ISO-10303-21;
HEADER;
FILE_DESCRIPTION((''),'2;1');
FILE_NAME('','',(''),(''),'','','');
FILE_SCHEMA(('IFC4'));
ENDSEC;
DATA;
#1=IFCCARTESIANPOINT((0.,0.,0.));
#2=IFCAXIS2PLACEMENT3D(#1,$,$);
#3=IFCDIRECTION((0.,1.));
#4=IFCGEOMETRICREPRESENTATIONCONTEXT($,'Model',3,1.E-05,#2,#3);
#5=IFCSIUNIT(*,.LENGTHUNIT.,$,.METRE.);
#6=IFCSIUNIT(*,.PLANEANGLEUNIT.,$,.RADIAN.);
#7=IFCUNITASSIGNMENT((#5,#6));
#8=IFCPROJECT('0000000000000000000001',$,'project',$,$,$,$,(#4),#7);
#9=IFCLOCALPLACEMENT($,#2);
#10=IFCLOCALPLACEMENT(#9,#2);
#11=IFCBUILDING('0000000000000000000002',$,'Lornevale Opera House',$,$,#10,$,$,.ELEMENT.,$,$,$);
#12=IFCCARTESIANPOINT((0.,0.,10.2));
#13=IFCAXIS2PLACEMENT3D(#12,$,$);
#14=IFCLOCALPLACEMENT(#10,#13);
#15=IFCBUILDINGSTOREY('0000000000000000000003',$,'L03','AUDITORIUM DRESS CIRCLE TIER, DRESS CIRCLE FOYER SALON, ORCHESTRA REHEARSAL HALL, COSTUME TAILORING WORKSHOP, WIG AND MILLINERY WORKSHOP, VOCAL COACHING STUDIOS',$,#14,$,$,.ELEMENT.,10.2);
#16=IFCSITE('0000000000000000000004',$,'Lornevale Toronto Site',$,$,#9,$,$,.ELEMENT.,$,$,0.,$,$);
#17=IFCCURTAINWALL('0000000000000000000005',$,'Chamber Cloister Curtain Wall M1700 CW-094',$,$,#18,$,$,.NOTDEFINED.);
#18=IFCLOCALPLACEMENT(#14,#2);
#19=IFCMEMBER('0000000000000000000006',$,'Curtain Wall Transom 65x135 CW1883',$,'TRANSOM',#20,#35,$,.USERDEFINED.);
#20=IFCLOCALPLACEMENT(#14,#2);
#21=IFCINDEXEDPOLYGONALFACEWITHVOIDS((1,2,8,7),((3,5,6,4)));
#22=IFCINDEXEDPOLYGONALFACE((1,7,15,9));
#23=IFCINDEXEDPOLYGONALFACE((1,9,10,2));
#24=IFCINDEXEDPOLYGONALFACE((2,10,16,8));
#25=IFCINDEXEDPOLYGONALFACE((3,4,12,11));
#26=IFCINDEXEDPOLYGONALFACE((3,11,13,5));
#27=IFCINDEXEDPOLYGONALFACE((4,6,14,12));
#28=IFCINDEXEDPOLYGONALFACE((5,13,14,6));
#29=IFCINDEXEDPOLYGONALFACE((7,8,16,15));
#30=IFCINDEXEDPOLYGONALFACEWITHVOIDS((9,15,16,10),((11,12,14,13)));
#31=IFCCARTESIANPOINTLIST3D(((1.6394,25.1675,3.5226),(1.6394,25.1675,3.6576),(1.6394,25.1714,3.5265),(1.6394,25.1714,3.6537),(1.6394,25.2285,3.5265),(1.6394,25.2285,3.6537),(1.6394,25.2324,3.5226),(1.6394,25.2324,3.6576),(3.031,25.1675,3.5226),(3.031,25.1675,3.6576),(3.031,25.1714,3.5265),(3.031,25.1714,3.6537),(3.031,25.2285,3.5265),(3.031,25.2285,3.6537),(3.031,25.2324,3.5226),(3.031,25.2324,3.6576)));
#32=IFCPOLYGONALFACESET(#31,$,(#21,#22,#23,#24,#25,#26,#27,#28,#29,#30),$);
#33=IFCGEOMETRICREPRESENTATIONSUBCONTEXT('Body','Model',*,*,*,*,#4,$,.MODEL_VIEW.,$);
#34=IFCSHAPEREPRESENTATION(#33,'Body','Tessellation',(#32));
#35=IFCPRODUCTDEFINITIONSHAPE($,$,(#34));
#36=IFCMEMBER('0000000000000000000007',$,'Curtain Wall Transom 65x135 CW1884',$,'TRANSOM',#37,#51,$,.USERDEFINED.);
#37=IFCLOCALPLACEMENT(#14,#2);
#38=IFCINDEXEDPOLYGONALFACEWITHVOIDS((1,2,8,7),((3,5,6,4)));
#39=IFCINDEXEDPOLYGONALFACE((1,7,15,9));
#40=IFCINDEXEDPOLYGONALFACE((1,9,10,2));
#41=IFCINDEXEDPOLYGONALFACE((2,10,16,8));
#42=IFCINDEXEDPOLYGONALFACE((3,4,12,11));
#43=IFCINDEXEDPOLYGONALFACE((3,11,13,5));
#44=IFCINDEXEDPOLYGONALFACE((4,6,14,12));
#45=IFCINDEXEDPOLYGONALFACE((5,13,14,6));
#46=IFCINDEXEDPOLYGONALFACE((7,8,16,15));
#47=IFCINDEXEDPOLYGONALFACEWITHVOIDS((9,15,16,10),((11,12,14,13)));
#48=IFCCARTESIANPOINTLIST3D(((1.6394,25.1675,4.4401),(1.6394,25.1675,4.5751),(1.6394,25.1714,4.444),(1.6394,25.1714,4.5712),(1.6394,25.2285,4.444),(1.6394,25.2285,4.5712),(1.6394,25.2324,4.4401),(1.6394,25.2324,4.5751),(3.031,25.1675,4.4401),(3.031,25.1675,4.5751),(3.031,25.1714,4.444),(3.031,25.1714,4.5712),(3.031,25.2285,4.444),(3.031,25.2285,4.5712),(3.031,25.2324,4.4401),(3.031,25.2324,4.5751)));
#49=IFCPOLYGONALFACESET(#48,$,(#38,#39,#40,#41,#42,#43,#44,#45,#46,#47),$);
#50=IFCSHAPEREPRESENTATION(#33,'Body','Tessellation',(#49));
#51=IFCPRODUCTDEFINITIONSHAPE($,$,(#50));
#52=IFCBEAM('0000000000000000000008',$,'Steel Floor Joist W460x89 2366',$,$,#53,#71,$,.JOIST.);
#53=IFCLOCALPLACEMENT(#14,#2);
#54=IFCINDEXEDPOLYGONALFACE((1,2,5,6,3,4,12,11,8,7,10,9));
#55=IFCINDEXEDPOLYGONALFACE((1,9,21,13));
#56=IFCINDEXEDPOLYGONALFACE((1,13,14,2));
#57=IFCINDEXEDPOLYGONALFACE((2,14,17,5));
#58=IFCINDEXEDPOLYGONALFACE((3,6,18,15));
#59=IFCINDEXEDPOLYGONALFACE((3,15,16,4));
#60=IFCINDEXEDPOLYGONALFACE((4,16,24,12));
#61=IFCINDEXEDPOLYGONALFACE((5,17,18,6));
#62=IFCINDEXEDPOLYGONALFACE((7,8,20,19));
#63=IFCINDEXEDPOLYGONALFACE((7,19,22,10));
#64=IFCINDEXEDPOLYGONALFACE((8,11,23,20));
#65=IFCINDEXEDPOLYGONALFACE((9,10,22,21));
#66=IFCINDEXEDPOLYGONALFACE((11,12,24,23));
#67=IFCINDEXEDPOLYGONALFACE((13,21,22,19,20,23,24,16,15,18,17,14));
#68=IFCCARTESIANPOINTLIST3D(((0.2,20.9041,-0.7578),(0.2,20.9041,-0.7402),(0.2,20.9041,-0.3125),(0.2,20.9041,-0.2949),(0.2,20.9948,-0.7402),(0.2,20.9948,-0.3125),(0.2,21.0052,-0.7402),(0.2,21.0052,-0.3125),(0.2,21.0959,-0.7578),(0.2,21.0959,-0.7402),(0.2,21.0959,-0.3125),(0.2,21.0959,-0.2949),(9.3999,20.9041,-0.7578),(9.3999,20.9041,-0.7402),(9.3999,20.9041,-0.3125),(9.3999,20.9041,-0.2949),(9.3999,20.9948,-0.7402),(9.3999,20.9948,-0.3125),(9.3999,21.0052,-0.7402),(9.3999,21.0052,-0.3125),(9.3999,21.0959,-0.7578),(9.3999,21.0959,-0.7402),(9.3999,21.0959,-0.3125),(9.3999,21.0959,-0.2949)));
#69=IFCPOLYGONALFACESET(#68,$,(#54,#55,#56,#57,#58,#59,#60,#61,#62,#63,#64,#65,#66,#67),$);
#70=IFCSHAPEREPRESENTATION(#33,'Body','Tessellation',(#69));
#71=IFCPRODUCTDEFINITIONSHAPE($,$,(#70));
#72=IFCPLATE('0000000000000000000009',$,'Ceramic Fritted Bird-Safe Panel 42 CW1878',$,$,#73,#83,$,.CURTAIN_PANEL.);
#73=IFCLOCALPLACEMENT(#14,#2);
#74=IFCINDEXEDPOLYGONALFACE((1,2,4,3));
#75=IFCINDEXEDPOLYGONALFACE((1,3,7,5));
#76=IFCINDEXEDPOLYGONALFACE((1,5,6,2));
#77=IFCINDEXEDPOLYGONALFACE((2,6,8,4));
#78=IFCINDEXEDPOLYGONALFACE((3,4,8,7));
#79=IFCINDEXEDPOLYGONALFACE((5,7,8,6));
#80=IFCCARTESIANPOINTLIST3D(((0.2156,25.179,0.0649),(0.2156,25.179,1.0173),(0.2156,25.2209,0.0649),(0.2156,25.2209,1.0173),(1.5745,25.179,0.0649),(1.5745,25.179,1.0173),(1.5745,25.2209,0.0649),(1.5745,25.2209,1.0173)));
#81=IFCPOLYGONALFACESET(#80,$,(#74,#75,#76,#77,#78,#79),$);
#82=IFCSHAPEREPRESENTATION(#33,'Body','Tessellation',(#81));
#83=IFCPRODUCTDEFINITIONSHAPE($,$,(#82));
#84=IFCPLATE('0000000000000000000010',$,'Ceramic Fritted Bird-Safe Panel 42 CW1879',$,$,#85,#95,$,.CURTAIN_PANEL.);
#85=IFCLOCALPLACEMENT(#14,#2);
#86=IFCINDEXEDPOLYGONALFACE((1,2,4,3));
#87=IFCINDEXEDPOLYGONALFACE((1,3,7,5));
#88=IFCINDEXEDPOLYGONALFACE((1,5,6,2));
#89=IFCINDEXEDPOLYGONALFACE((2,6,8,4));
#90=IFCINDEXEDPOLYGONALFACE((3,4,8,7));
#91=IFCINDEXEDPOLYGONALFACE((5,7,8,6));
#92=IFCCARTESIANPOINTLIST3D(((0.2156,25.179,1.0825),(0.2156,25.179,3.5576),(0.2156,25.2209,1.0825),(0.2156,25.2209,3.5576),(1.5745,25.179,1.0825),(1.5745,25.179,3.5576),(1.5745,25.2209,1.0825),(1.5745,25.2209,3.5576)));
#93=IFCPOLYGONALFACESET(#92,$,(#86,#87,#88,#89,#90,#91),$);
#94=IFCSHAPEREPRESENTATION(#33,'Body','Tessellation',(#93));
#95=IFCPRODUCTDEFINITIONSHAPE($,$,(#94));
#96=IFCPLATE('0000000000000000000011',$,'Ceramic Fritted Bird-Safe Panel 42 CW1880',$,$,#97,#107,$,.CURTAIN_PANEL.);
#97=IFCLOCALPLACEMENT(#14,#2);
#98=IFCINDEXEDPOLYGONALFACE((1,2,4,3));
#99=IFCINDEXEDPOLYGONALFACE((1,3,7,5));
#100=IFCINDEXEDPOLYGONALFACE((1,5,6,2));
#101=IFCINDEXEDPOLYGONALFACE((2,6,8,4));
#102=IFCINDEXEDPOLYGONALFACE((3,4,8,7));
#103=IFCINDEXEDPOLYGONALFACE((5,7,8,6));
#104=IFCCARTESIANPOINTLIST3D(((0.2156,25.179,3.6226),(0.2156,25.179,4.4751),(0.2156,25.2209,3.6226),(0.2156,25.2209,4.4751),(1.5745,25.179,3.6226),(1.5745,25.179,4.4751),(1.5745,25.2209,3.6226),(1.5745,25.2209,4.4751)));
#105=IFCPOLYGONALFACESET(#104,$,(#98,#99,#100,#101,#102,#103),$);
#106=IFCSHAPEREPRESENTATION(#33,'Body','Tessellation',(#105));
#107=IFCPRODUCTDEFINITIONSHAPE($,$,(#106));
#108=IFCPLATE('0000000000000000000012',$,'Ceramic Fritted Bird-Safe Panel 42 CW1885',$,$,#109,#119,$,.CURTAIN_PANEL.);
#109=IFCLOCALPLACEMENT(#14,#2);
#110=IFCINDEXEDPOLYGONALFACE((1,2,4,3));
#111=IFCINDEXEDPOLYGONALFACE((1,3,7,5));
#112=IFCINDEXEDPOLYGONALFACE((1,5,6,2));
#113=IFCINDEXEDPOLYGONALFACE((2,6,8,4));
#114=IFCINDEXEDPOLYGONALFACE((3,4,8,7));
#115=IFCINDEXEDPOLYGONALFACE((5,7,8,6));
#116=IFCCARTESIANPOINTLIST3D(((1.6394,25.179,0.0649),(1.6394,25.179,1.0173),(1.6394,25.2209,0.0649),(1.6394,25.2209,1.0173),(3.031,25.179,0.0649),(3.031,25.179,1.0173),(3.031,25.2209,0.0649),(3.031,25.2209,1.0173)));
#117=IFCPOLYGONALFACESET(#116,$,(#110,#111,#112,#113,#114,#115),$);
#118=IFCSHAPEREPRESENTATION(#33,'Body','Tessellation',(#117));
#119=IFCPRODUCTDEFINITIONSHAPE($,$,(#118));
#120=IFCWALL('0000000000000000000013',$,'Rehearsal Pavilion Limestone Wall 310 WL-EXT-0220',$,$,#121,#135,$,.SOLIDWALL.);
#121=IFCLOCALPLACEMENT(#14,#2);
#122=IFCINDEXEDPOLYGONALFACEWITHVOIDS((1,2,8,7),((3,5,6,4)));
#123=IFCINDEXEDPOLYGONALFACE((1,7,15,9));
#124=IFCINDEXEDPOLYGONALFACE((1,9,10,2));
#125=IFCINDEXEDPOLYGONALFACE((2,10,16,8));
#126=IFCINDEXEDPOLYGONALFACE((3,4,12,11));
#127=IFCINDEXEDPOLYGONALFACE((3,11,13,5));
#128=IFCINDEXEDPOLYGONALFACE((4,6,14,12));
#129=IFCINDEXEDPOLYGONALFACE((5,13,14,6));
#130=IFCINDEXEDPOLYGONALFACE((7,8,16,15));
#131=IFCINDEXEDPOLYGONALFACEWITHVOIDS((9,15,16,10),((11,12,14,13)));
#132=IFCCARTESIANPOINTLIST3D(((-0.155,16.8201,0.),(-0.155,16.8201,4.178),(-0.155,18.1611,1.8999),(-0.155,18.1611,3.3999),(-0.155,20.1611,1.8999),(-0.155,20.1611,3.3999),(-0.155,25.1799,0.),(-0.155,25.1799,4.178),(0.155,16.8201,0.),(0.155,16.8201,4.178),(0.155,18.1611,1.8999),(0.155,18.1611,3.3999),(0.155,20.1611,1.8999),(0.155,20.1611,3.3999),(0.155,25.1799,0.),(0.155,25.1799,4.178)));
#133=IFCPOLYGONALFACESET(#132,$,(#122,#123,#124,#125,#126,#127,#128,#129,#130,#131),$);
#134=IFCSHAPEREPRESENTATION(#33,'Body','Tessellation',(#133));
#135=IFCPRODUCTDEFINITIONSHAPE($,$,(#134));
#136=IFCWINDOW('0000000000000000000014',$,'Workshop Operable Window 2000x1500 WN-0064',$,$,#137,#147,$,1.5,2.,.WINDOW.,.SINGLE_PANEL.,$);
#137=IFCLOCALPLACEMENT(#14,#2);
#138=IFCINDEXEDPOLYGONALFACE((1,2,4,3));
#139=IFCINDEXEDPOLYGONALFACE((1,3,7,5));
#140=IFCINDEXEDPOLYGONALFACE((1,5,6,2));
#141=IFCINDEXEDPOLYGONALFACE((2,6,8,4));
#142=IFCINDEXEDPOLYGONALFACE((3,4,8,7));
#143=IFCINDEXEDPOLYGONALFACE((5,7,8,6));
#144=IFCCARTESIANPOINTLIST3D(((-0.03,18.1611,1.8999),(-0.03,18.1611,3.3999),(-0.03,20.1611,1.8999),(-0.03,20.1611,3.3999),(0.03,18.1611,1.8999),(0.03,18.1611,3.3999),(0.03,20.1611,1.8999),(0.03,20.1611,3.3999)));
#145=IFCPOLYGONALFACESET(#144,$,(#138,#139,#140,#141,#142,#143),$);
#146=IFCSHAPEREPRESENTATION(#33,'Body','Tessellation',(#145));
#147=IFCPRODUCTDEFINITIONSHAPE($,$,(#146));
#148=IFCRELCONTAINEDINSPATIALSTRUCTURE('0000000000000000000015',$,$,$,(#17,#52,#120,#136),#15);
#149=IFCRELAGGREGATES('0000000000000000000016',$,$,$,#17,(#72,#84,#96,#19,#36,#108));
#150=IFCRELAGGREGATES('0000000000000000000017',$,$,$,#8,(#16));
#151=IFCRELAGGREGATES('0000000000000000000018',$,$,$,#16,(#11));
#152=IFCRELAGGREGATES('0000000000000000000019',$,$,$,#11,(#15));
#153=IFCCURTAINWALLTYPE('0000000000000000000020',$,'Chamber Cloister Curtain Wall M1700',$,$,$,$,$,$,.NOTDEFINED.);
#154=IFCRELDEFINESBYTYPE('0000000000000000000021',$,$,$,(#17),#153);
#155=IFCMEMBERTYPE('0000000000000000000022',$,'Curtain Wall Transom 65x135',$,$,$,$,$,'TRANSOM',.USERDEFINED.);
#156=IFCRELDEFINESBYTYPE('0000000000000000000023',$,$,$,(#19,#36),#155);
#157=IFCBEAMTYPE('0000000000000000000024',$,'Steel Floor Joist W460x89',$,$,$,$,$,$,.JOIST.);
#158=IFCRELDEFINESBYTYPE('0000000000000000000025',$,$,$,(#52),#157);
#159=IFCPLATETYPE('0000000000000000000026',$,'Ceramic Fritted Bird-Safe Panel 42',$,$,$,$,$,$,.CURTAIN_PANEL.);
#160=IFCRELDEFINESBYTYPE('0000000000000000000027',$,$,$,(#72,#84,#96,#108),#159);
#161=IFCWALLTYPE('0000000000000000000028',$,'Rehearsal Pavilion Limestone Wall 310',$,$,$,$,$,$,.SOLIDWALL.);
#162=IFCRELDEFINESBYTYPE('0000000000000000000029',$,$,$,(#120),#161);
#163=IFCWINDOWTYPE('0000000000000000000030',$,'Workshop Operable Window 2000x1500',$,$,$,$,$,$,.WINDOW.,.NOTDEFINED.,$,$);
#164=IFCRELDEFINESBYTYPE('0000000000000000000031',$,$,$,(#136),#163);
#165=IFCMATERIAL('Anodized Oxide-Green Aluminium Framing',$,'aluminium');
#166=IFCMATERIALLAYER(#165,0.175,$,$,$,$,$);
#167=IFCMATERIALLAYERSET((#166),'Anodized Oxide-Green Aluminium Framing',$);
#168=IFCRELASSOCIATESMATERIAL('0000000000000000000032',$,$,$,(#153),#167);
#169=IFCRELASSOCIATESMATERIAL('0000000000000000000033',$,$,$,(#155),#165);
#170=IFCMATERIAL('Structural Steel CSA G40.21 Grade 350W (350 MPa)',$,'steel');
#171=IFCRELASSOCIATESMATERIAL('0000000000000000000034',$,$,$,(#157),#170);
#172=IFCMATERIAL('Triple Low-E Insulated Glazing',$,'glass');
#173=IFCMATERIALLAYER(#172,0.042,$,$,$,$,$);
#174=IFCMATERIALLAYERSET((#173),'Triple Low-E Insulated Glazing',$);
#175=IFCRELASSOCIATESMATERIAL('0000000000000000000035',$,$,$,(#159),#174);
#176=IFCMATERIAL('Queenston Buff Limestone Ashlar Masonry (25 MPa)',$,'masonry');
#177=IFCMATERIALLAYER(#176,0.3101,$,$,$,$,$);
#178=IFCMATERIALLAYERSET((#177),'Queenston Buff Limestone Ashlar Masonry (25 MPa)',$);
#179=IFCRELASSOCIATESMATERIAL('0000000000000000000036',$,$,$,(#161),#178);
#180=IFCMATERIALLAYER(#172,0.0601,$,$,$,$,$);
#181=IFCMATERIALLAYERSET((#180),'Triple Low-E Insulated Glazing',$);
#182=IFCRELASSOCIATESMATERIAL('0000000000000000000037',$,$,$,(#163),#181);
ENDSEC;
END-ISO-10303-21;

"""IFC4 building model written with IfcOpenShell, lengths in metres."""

from ifc_helpers import new_model, si_unit, direction, frame, frame_2d, origin, origin_2d, place, context, subcontext, project, spatial, rectangle, hollow_rectangle, i_section, extrude, material, layer, layer_set, material_profile, profile_set, type_object, element, fill, aggregate, save


model = new_model("IFC4")

# Units and contexts
model_context = context("Model", 3, precision=1e-05, world=origin(), true_north=direction((0.0, 1.0)))
body_context = subcontext(model_context, "Body", "Model", "MODEL_VIEW")
ifc_project = project(units=[si_unit("LENGTHUNIT", "METRE"), si_unit("PLANEANGLEUNIT", "RADIAN")], contexts=[model_context])

# Site, building, storey
site_placement = place(None, origin())
site = spatial("IfcSite", under=ifc_project, at=site_placement, Name="Lornevale Toronto Site", CompositionType="ELEMENT", RefElevation=0.0)
building_placement = place(site_placement, origin())
building = spatial("IfcBuilding", under=site, at=building_placement, Name="Lornevale Opera House", CompositionType="ELEMENT")
storey_placement = place(building_placement, frame((0.0, 0.0, 10.2)))
storey = spatial("IfcBuildingStorey", under=building, at=storey_placement, Name="L03", Description="AUDITORIUM DRESS CIRCLE TIER, DRESS CIRCLE FOYER SALON, ORCHESTRA REHEARSAL HALL, COSTUME TAILORING WORKSHOP, WIG AND MILLINERY WORKSHOP, VOCAL COACHING STUDIOS", CompositionType="ELEMENT", Elevation=10.2)

# Shared definitions
ifc_material_1 = material(Name="Structural Steel CSA G40.21 Grade 350W (350 MPa)", Category="steel")

# Curtain wall, members
ifc_material_2 = material(Name="Anodized Oxide-Green Aluminium Framing", Category="aluminium")
ifc_layer_1 = layer(ifc_material_2, 0.175)
ifc_layer_set_1 = layer_set([ifc_layer_1], Name="Anodized Oxide-Green Aluminium Framing")
curtain_wall_type = type_object("IfcCurtainWallType", Name="Chamber Cloister Curtain Wall M1700", PredefinedType="NOTDEFINED", material=ifc_layer_set_1)
curtain_wall_placement = place(storey_placement, origin())
curtain_wall = element("IfcCurtainWall", 1, at=curtain_wall_placement, inside=storey, type_object=curtain_wall_type, Name="Chamber Cloister Curtain Wall M1700 CW-094", PredefinedType="NOTDEFINED")
ifc_material_profile_1 = material_profile(ifc_material_2, hollow_rectangle(XDim=0.0649, YDim=0.135, WallThickness=0.0039, at=origin_2d()), Name="ALU65x135x4")
ifc_profile_set_1 = profile_set([ifc_material_profile_1], Name="Anodized Oxide-Green Aluminium Framing")
member_type_1 = type_object("IfcMemberType", Name="Curtain Wall Transom 65x135", ElementType="TRANSOM", PredefinedType="USERDEFINED", material=ifc_profile_set_1)
member_1_placement = place(storey_placement, frame((1.6394, 25.2, 3.5901), z_axis=(1.0, 0.0, 0.0), x_axis=(0.0, 1.0, 0.0)))
member_1 = element("IfcMember", 2, at=member_1_placement, type_object=member_type_1, Name="Curtain Wall Transom 65x135 CW1883", ObjectType="TRANSOM", PredefinedType="USERDEFINED", context=body_context, shape_type="SweptSolid", body=[
    extrude(hollow_rectangle(XDim=0.0649, YDim=0.135, WallThickness=0.0039, at=origin_2d()), origin(), (0.0, 0.0, 1.0), 1.3916),
])
member_2_placement = place(storey_placement, frame((1.6394, 25.2, 4.5076), z_axis=(1.0, 0.0, 0.0), x_axis=(0.0, 1.0, 0.0)))
member_2 = element("IfcMember", 3, at=member_2_placement, type_object=member_type_1, Name="Curtain Wall Transom 65x135 CW1884", ObjectType="TRANSOM", PredefinedType="USERDEFINED", context=body_context, shape_type="SweptSolid", body=[
    extrude(hollow_rectangle(XDim=0.0649, YDim=0.135, WallThickness=0.0039, at=origin_2d()), origin(), (0.0, 0.0, 1.0), 1.3916),
])

# Beam
ifc_material_profile_2 = material_profile(ifc_material_1, i_section(OverallWidth=0.1919, OverallDepth=0.4629, WebThickness=0.0105, FlangeThickness=0.0176, at=origin_2d()), Name="W460x89")
ifc_profile_set_2 = profile_set([ifc_material_profile_2], Name="Structural Steel CSA G40.21 Grade 350W (350 MPa)")
beam_type_1 = type_object("IfcBeamType", Name="Steel Floor Joist W460x89", PredefinedType="JOIST", material=ifc_profile_set_2)
beam_1_placement = place(storey_placement, frame((0.2, 21.0, -0.5264), z_axis=(1.0, 0.0, 0.0), x_axis=(0.0, 1.0, 0.0)))
element("IfcBeam", 4, at=beam_1_placement, inside=storey, type_object=beam_type_1, Name="Steel Floor Joist W460x89 2366", PredefinedType="JOIST", context=body_context, shape_type="SweptSolid", body=[
    extrude(i_section(OverallWidth=0.1919, OverallDepth=0.4629, WebThickness=0.0105, FlangeThickness=0.0176, at=origin_2d()), origin(), (0.0, 0.0, 1.0), 9.2),
])

# Plates
ifc_material_3 = material(Name="Triple Low-E Insulated Glazing", Category="glass")
ifc_layer_2 = layer(ifc_material_3, 0.042)
ifc_layer_set_2 = layer_set([ifc_layer_2], Name="Triple Low-E Insulated Glazing")
plate_type = type_object("IfcPlateType", Name="Ceramic Fritted Bird-Safe Panel 42", PredefinedType="CURTAIN_PANEL", material=ifc_layer_set_2)
plate_1_placement = place(storey_placement, frame((0.895, 25.2, 0.0649), z_axis=(0.0, 0.0, 1.0), x_axis=(1.0, 0.0, 0.0)))
plate_1 = element("IfcPlate", 5, at=plate_1_placement, type_object=plate_type, Name="Ceramic Fritted Bird-Safe Panel 42 CW1878", PredefinedType="CURTAIN_PANEL", context=body_context, shape_type="SweptSolid", body=[
    extrude(rectangle(XDim=1.3589, YDim=0.042, at=origin_2d()), origin(), (0.0, 0.0, 1.0), 0.9524),
])
plate_2_placement = place(storey_placement, frame((0.895, 25.2, 1.0825), z_axis=(0.0, 0.0, 1.0), x_axis=(1.0, 0.0, 0.0)))
plate_2 = element("IfcPlate", 6, at=plate_2_placement, type_object=plate_type, Name="Ceramic Fritted Bird-Safe Panel 42 CW1879", PredefinedType="CURTAIN_PANEL", context=body_context, shape_type="SweptSolid", body=[
    extrude(rectangle(XDim=1.3589, YDim=0.042, at=origin_2d()), origin(), (0.0, 0.0, 1.0), 2.4751),
])
plate_3_placement = place(storey_placement, frame((0.895, 25.2, 3.6226), z_axis=(0.0, 0.0, 1.0), x_axis=(1.0, 0.0, 0.0)))
plate_3 = element("IfcPlate", 7, at=plate_3_placement, type_object=plate_type, Name="Ceramic Fritted Bird-Safe Panel 42 CW1880", PredefinedType="CURTAIN_PANEL", context=body_context, shape_type="SweptSolid", body=[
    extrude(rectangle(XDim=1.3589, YDim=0.042, at=origin_2d()), origin(), (0.0, 0.0, 1.0), 0.8525),
])
plate_4_placement = place(storey_placement, frame((2.3352, 25.2, 0.0649), z_axis=(0.0, 0.0, 1.0), x_axis=(1.0, 0.0, 0.0)))
plate_4 = element("IfcPlate", 8, at=plate_4_placement, type_object=plate_type, Name="Ceramic Fritted Bird-Safe Panel 42 CW1885", PredefinedType="CURTAIN_PANEL", context=body_context, shape_type="SweptSolid", body=[
    extrude(rectangle(XDim=1.3916, YDim=0.042, at=origin_2d()), origin(), (0.0, 0.0, 1.0), 0.9524),
])
aggregate(curtain_wall, [plate_1, plate_2, plate_3, member_1, member_2, plate_4])

# Wall, opening, window
ifc_material_4 = material(Name="Queenston Buff Limestone Ashlar Masonry (25 MPa)", Category="masonry")
ifc_layer_3 = layer(ifc_material_4, 0.3101)
ifc_layer_set_3 = layer_set([ifc_layer_3], Name="Queenston Buff Limestone Ashlar Masonry (25 MPa)")
wall_type = type_object("IfcWallType", Name="Rehearsal Pavilion Limestone Wall 310", PredefinedType="SOLIDWALL", material=ifc_layer_set_3)
wall_placement = place(storey_placement, frame((0.0, 16.8201, 0.0), z_axis=(0.0, 0.0, 1.0), x_axis=(0.0, 1.0, 0.0)))
wall = element("IfcWall", 9, at=wall_placement, inside=storey, type_object=wall_type, Name="Rehearsal Pavilion Limestone Wall 310 WL-EXT-0220", PredefinedType="SOLIDWALL", context=body_context, shape_type="SweptSolid", body=[
    extrude(rectangle(XDim=8.3599, YDim=0.3101, at=frame_2d((4.1799, 0.0))), origin(), (0.0, 0.0, 1.0), 4.178),
])
opening_placement = place(wall_placement, frame((1.3411, 0.0, 1.8999)))
opening = element("IfcOpeningElement", 10, at=opening_placement, cuts=wall, PredefinedType="OPENING", context=body_context, shape_type="SweptSolid", body=[
    extrude(rectangle(XDim=2.0, YDim=1.5, at=frame_2d((1.0, 0.75))), frame((0.0, 0.165, 0.0), z_axis=(0.0, -1.0, 0.0), x_axis=(1.0, 0.0, 0.0)), (0.0, 0.0, 1.0), 0.3301),
])
ifc_layer_4 = layer(ifc_material_3, 0.0601)
ifc_layer_set_4 = layer_set([ifc_layer_4], Name="Triple Low-E Insulated Glazing")
window_type = type_object("IfcWindowType", Name="Workshop Operable Window 2000x1500", PartitioningType="NOTDEFINED", PredefinedType="WINDOW", material=ifc_layer_set_4)
window_placement = place(opening_placement, origin())
window = element("IfcWindow", 11, at=window_placement, inside=storey, type_object=window_type, Name="Workshop Operable Window 2000x1500 WN-0064", OverallHeight=1.5, OverallWidth=2.0, PartitioningType="SINGLE_PANEL", PredefinedType="WINDOW", context=body_context, shape_type="SweptSolid", body=[
    extrude(rectangle(XDim=2.0, YDim=1.5, at=frame_2d((1.0, 0.75))), frame((0.0, 0.03, 0.0), z_axis=(0.0, -1.0, 0.0), x_axis=(1.0, 0.0, 0.0)), (0.0, 0.0, 1.0), 0.0601),
])
fill(opening, window)

save(model, "model.ifc")
